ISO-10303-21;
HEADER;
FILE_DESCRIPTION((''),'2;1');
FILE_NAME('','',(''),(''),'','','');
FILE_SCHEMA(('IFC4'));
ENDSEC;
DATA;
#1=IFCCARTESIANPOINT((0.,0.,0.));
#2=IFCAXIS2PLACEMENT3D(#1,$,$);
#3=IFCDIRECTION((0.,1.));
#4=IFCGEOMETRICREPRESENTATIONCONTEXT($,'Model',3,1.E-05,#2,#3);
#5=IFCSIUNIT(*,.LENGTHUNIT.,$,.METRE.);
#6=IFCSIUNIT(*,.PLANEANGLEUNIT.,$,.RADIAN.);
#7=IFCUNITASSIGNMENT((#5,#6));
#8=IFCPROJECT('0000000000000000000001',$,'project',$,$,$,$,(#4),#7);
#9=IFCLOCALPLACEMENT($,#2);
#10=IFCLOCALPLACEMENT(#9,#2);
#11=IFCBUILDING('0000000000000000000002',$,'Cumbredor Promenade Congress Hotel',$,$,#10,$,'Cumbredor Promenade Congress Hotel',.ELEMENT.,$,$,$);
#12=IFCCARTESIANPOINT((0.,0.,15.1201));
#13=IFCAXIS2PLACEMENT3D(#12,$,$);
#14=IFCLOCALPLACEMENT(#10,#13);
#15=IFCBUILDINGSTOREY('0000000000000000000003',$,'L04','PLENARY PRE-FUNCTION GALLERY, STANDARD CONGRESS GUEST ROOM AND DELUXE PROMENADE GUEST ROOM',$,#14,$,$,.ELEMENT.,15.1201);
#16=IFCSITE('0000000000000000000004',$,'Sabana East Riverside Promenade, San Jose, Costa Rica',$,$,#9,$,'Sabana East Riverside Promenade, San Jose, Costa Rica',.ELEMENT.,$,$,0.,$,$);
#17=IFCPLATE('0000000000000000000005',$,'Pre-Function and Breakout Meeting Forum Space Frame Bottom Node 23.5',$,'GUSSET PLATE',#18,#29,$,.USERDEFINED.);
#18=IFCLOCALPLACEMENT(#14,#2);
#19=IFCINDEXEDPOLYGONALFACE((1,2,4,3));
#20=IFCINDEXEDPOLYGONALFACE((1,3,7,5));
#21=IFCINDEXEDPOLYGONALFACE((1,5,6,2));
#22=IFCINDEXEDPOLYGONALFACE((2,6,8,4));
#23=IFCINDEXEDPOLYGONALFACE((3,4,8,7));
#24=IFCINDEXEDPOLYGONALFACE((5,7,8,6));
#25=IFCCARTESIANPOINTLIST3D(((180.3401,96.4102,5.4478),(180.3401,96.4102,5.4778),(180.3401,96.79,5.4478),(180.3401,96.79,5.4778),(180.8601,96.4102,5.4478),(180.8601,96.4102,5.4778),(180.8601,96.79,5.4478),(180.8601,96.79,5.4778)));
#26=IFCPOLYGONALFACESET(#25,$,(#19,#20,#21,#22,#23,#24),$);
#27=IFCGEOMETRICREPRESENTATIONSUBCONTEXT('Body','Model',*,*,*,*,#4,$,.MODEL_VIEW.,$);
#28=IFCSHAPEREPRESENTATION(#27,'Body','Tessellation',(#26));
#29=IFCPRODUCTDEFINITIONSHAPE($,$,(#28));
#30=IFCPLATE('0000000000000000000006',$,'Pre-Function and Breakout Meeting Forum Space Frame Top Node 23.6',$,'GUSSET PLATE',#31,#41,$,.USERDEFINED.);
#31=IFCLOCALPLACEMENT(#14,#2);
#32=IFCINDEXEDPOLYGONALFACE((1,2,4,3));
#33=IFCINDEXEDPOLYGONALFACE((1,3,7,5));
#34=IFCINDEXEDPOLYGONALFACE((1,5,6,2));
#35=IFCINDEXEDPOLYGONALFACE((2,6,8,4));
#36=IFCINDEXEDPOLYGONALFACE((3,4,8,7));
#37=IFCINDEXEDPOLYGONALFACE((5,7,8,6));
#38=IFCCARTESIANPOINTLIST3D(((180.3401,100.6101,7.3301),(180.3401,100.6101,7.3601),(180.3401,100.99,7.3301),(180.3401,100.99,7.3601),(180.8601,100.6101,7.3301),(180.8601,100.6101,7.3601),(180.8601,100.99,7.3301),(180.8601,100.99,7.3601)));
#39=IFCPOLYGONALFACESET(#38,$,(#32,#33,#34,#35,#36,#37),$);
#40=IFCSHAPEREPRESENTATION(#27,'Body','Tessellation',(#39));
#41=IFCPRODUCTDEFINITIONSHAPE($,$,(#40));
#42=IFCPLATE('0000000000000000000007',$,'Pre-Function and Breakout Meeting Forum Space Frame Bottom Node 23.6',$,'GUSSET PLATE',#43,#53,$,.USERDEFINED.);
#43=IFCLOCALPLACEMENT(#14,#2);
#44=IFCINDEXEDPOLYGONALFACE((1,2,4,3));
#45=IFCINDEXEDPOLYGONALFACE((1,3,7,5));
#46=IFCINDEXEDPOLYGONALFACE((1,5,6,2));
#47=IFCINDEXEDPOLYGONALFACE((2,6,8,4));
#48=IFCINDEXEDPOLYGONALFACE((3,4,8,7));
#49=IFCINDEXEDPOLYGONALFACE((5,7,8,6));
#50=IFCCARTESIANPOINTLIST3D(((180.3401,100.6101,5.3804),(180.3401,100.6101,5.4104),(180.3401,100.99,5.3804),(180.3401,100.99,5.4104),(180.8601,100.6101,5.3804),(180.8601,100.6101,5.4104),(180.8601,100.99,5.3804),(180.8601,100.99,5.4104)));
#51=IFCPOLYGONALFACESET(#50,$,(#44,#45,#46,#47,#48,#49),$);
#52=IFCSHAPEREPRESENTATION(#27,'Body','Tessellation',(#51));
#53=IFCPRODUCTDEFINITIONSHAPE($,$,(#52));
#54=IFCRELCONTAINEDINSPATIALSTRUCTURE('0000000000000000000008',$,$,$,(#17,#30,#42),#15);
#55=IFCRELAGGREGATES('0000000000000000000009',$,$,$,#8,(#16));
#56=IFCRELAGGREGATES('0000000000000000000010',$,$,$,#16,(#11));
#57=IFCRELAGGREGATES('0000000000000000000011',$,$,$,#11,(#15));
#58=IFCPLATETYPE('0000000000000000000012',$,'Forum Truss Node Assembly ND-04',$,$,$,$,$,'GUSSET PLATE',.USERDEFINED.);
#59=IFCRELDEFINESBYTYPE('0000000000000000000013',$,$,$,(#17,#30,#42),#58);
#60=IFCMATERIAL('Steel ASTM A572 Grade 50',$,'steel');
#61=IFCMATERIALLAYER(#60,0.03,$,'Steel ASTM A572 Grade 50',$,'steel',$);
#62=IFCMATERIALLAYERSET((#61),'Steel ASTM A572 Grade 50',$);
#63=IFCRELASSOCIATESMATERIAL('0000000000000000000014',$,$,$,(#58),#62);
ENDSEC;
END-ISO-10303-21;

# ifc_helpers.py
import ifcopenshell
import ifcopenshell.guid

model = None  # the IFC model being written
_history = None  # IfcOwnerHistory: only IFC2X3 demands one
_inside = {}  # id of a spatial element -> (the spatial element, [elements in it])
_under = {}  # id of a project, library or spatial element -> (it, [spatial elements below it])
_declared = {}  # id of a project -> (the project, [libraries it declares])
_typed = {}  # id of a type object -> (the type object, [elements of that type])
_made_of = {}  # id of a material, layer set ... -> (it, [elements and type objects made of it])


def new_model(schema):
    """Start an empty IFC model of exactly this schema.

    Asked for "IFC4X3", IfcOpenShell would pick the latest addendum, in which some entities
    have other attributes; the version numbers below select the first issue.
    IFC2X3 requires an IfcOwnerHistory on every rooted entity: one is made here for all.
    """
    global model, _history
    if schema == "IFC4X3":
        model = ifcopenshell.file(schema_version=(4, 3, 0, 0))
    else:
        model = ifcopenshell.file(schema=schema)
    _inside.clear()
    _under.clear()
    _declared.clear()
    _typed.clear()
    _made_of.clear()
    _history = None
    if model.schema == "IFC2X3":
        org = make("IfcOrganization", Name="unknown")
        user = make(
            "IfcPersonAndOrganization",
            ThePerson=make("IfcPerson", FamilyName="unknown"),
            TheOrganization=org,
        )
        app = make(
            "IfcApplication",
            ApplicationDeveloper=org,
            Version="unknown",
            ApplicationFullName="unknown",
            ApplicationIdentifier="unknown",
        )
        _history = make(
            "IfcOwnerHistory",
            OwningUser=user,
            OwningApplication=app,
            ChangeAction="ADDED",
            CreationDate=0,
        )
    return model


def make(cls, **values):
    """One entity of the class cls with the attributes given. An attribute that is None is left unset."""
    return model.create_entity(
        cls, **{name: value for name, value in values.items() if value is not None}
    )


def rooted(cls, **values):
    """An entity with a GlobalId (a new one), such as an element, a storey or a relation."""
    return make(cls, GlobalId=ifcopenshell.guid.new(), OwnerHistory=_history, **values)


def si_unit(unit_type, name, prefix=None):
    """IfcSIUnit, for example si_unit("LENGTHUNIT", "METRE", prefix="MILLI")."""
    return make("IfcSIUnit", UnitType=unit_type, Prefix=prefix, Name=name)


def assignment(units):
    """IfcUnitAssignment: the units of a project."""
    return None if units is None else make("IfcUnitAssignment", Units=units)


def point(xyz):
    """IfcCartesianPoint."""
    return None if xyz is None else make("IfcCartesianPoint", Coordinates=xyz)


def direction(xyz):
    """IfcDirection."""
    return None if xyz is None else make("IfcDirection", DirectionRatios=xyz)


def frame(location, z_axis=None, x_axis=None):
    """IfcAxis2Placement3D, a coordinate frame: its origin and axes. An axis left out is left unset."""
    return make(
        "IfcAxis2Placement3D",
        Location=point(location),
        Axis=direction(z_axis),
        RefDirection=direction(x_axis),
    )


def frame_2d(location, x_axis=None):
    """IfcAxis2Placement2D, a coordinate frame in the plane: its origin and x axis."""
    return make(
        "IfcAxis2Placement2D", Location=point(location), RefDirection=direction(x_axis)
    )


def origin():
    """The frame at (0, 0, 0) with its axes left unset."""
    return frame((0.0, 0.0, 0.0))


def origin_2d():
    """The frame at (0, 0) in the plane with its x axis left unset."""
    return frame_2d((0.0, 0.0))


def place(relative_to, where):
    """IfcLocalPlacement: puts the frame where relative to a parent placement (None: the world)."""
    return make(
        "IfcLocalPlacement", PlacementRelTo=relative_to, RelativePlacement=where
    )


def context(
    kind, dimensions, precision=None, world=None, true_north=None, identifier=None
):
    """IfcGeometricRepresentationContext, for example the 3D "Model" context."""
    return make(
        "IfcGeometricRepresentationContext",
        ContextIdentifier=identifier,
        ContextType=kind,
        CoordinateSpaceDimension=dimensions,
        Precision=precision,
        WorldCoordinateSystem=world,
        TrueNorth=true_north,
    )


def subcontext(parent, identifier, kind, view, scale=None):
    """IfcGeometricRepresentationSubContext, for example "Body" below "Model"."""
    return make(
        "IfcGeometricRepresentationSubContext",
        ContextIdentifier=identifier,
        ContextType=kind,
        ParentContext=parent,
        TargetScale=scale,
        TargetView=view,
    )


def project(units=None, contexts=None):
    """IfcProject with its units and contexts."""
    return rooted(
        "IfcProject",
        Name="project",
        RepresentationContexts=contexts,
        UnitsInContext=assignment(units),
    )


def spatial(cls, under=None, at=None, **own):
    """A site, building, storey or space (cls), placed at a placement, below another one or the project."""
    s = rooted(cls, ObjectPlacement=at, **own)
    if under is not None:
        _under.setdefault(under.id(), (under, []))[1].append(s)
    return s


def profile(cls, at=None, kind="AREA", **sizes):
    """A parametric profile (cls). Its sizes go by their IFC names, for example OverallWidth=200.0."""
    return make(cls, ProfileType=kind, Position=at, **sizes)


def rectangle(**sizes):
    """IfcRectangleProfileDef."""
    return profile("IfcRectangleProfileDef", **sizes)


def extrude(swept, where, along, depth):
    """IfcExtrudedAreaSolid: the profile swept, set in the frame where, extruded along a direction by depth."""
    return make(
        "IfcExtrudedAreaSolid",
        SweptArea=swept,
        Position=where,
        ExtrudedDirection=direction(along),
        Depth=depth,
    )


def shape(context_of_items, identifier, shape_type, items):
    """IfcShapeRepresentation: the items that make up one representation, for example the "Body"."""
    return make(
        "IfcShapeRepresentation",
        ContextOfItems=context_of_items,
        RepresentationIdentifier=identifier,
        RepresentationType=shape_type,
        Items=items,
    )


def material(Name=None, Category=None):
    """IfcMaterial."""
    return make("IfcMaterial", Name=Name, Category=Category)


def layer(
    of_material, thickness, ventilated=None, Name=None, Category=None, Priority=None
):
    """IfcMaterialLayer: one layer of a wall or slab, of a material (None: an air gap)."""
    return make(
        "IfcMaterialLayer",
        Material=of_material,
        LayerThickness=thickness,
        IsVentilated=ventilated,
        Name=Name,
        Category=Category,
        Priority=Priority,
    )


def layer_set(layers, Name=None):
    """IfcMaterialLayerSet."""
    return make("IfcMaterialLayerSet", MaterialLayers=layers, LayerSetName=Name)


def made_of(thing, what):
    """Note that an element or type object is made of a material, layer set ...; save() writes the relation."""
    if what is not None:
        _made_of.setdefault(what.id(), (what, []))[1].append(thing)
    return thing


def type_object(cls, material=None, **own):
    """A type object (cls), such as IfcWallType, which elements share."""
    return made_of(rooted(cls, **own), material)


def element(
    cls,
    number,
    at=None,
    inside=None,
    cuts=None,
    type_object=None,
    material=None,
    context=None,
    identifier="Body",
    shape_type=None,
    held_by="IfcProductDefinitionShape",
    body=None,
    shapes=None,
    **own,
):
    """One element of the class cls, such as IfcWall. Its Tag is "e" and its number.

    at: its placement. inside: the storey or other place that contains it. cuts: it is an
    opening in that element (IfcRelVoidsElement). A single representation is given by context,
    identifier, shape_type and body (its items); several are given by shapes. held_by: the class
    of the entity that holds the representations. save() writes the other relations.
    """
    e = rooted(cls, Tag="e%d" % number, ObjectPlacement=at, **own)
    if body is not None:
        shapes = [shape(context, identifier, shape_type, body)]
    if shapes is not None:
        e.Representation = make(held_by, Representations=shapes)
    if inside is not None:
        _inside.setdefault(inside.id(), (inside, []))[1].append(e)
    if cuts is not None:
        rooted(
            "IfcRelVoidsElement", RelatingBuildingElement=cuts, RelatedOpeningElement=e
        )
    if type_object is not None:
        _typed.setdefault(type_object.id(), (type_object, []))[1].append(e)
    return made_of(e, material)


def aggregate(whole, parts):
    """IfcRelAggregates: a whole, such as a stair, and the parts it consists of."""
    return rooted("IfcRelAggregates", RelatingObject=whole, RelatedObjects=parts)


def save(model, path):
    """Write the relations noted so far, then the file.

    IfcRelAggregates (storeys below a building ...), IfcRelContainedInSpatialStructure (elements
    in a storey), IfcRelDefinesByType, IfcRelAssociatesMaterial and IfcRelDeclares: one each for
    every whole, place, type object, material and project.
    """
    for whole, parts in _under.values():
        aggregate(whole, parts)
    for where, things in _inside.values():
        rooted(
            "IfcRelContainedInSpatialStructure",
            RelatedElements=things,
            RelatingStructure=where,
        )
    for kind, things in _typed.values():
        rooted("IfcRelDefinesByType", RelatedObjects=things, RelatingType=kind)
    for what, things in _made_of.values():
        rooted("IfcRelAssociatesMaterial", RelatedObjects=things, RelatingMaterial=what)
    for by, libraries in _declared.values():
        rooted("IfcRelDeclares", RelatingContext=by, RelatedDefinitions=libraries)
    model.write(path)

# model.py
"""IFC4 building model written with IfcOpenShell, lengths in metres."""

from ifc_helpers import new_model, si_unit, direction, frame, origin, origin_2d, place, context, subcontext, project, spatial, rectangle, extrude, material, layer, layer_set, type_object, element, save


model = new_model("IFC4")

# Units and contexts
model_context = context("Model", 3, precision=1e-05, world=origin(), true_north=direction((0.0, 1.0)))
body_context = subcontext(model_context, "Body", "Model", "MODEL_VIEW")
ifc_project = project(units=[si_unit("LENGTHUNIT", "METRE"), si_unit("PLANEANGLEUNIT", "RADIAN")], contexts=[model_context])

# Site, building, storey
site_placement = place(None, origin())
site = spatial("IfcSite", under=ifc_project, at=site_placement, Name="Sabana East Riverside Promenade, San Jose, Costa Rica", LongName="Sabana East Riverside Promenade, San Jose, Costa Rica", CompositionType="ELEMENT", RefElevation=0.0)
building_placement = place(site_placement, origin())
building = spatial("IfcBuilding", under=site, at=building_placement, Name="Cumbredor Promenade Congress Hotel", LongName="Cumbredor Promenade Congress Hotel", CompositionType="ELEMENT")
storey_placement = place(building_placement, frame((0.0, 0.0, 15.1201)))
storey = spatial("IfcBuildingStorey", under=building, at=storey_placement, Name="L04", Description="PLENARY PRE-FUNCTION GALLERY, STANDARD CONGRESS GUEST ROOM AND DELUXE PROMENADE GUEST ROOM", CompositionType="ELEMENT", Elevation=15.1201)

# Plates
ifc_material_1 = material(Name="Steel ASTM A572 Grade 50", Category="steel")
ifc_layer_1 = layer(ifc_material_1, 0.03, Name="Steel ASTM A572 Grade 50", Category="steel")
ifc_layer_set_1 = layer_set([ifc_layer_1], Name="Steel ASTM A572 Grade 50")
plate_type_1 = type_object("IfcPlateType", Name="Forum Truss Node Assembly ND-04", ElementType="GUSSET PLATE", PredefinedType="USERDEFINED", material=ifc_layer_set_1)
for number, where, z_axis, x_axis, name in (
    (1, (180.6001, 96.6001, 5.4478), (0.0, 0.0, 1.0), (1.0, 0.0, 0.0), "Pre-Function and Breakout Meeting Forum Space Frame Bottom Node 23.5"),
    (2, (180.6001, 100.8, 7.3301), (0.0, 0.0, 1.0), (1.0, 0.0, 0.0), "Pre-Function and Breakout Meeting Forum Space Frame Top Node 23.6"),
    (3, (180.6001, 100.8, 5.3804), (0.0, 0.0, 1.0), (1.0, 0.0, 0.0), "Pre-Function and Breakout Meeting Forum Space Frame Bottom Node 23.6"),
):
    element("IfcPlate", number, at=place(storey_placement, frame(where, z_axis=z_axis, x_axis=x_axis)), inside=storey, type_object=plate_type_1, Name=name, ObjectType="GUSSET PLATE", PredefinedType="USERDEFINED", context=body_context, shape_type="SweptSolid", body=[
        extrude(rectangle(XDim=0.52, YDim=0.3799, at=origin_2d()), origin(), (0.0, 0.0, 1.0), 0.03),
    ])

save(model, "model.ifc")
